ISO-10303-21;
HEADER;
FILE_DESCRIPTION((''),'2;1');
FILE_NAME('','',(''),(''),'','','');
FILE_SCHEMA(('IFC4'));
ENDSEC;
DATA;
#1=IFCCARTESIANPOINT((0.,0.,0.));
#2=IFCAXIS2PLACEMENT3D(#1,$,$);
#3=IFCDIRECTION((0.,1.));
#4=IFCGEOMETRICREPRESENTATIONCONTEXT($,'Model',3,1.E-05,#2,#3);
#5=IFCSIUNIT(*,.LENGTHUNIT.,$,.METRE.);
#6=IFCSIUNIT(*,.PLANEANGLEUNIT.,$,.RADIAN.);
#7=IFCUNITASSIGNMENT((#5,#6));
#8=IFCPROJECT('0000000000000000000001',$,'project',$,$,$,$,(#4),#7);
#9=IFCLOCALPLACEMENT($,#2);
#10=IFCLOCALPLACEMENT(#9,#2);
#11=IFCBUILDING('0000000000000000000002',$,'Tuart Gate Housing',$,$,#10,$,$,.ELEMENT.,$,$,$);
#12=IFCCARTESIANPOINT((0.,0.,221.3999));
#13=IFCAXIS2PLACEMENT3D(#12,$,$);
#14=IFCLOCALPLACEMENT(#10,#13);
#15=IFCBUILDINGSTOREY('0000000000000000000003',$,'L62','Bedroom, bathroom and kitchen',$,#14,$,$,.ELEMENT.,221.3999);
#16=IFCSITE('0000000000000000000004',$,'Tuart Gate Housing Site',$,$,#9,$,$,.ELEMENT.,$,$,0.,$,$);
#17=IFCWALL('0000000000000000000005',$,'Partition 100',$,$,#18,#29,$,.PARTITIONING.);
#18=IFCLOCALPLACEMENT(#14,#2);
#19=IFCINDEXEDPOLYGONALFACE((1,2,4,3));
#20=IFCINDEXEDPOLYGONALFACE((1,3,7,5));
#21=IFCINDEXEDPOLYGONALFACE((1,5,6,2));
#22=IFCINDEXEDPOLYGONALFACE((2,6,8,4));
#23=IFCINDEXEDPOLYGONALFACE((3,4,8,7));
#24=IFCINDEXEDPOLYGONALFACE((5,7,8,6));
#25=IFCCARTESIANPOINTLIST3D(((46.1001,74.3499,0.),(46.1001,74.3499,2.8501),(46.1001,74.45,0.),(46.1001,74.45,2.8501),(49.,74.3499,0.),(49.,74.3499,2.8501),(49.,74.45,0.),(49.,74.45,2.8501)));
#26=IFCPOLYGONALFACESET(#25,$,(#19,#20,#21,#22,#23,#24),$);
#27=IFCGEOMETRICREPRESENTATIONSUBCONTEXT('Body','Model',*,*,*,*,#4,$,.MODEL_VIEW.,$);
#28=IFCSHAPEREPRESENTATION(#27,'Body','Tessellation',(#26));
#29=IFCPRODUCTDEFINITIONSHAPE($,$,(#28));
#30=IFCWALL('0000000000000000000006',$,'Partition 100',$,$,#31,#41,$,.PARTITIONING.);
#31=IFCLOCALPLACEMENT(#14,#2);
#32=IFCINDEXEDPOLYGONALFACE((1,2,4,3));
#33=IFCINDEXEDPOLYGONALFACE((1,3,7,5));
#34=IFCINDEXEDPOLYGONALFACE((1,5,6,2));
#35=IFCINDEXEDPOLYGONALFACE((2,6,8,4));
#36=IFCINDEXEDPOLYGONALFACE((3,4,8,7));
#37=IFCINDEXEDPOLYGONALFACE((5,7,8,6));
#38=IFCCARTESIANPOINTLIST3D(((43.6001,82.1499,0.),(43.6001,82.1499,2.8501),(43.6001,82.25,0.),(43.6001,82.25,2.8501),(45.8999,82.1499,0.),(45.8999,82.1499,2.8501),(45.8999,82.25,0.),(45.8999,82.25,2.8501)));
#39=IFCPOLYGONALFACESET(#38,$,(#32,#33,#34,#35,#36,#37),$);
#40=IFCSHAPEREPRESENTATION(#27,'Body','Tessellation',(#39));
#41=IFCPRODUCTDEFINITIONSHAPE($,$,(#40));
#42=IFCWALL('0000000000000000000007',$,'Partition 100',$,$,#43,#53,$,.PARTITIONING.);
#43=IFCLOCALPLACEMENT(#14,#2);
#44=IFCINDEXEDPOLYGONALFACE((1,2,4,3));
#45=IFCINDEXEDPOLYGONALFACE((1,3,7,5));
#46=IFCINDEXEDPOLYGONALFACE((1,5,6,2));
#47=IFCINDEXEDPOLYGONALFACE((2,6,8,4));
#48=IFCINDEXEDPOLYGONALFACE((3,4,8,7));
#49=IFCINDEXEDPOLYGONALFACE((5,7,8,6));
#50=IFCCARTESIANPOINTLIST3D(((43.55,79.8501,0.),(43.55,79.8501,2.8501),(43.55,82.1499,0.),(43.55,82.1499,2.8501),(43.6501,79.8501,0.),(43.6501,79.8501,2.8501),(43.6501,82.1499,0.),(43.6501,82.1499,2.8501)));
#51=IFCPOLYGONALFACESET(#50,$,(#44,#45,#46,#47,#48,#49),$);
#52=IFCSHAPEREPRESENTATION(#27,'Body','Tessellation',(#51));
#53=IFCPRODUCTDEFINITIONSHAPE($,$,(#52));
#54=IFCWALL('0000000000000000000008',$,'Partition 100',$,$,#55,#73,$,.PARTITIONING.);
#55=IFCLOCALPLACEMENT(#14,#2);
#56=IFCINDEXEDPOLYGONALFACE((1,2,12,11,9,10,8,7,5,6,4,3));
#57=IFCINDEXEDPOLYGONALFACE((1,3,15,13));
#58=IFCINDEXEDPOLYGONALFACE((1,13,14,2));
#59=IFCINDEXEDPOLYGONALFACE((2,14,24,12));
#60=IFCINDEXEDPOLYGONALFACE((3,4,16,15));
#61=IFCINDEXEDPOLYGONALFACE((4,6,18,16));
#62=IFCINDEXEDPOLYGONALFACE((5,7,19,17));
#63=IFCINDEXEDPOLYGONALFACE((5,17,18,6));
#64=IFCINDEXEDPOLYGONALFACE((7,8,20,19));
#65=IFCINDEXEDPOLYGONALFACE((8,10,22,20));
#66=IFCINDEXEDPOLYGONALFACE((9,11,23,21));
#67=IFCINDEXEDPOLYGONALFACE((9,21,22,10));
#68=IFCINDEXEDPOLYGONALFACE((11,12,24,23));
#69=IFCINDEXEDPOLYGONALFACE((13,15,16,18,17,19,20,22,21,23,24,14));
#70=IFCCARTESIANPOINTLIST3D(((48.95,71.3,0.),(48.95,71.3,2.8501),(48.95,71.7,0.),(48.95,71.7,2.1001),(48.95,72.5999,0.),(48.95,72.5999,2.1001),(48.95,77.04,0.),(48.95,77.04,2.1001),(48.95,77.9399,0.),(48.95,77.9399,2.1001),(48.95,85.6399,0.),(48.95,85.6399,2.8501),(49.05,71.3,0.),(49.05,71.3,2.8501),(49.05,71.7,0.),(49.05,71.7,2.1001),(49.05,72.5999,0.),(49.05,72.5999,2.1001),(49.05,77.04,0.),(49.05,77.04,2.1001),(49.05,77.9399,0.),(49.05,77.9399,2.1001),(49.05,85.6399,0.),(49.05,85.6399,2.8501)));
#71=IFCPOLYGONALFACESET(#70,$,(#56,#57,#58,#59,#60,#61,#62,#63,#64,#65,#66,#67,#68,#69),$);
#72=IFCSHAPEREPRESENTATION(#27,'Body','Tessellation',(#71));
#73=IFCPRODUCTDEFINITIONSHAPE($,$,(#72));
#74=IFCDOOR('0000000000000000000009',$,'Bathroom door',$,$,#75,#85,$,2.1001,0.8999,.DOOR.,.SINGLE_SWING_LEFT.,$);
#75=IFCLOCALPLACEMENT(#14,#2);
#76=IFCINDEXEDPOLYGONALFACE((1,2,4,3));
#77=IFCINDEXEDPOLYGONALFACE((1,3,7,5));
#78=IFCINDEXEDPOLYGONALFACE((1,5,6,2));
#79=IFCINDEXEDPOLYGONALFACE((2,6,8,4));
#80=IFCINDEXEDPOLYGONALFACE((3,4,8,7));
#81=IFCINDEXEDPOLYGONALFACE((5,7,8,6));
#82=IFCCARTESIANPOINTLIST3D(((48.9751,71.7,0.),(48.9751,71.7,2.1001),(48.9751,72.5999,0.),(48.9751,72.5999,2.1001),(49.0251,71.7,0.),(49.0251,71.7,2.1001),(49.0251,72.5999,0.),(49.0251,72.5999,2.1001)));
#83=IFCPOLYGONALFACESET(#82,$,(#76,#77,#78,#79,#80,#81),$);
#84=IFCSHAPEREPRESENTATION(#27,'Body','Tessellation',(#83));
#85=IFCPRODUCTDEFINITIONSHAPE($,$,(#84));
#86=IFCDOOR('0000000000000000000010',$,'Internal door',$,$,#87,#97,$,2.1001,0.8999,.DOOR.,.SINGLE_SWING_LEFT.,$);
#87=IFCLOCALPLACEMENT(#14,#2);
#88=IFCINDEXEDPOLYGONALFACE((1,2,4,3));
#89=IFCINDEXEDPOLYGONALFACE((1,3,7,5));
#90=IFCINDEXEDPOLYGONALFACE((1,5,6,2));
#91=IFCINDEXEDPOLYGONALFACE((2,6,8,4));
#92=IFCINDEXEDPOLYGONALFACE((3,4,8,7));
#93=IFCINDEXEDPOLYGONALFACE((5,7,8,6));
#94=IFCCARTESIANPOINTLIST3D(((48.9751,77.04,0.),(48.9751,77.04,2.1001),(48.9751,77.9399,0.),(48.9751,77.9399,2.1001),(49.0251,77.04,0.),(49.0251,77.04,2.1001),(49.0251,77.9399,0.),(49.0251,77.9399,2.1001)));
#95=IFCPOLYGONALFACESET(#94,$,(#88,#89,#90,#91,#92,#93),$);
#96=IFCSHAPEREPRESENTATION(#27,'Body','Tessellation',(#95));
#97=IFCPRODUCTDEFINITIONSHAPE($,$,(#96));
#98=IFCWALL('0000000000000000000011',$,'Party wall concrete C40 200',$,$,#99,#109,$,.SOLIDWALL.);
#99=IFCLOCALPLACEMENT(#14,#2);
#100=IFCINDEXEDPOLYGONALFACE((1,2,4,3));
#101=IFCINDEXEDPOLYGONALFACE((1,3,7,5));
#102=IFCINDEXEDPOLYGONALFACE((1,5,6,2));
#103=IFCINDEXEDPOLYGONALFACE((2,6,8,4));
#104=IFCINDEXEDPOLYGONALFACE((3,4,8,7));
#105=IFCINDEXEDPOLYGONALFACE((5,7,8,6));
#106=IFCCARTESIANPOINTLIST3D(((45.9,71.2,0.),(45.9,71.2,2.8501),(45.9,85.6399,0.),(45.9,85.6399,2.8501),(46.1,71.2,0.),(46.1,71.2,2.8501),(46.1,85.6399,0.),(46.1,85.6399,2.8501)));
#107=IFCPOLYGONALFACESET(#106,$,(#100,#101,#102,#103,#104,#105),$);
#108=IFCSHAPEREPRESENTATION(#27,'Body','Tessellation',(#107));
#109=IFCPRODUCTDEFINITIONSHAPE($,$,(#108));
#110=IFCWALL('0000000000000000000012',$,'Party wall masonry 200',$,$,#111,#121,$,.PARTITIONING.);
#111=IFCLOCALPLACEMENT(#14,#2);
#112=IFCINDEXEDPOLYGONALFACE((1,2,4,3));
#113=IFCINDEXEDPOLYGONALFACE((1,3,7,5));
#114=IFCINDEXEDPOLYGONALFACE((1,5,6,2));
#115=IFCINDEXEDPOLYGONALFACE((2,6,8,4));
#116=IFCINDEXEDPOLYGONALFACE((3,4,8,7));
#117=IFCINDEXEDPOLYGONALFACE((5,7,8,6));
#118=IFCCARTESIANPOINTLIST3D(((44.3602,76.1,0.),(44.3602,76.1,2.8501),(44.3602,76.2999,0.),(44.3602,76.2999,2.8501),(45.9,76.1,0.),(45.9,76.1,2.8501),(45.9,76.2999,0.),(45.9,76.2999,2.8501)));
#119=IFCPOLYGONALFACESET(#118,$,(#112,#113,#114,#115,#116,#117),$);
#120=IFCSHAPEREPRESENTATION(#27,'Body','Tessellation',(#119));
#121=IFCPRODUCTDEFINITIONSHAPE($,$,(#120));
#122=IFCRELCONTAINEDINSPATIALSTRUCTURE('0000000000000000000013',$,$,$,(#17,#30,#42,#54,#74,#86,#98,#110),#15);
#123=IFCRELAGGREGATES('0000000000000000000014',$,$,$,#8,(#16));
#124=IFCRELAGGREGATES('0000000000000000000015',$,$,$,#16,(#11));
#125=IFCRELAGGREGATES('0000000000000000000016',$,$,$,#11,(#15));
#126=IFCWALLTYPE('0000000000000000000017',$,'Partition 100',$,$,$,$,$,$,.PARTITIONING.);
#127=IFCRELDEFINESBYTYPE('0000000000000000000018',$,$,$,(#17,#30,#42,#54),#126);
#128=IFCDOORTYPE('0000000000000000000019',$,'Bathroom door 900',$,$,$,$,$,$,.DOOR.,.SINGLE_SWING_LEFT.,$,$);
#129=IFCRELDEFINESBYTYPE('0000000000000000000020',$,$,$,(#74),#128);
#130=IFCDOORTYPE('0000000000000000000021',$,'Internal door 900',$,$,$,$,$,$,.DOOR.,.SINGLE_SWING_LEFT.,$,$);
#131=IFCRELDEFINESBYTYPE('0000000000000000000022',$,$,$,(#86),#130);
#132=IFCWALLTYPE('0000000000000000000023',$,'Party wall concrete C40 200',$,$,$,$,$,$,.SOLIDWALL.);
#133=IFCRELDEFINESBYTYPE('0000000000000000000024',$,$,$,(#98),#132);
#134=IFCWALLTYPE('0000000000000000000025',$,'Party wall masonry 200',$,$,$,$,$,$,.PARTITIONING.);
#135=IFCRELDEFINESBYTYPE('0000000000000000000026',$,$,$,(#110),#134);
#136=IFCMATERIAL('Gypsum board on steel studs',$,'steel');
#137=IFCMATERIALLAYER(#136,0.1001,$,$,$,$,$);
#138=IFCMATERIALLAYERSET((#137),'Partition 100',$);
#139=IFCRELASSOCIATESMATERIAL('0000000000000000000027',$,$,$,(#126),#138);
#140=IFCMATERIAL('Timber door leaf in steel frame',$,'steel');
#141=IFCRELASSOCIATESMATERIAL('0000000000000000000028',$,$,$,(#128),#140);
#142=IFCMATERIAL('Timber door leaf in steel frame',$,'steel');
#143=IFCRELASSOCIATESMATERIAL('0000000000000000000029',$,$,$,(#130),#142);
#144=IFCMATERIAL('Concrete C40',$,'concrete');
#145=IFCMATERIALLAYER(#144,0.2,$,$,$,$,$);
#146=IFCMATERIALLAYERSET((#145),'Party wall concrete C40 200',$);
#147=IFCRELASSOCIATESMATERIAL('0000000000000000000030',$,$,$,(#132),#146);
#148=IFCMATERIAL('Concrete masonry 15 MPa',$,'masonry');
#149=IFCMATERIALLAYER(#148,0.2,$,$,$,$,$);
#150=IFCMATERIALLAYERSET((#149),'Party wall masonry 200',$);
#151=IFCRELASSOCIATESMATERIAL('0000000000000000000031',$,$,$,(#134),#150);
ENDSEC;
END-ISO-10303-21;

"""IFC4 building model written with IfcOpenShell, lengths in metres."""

from ifc_helpers import new_model, si_unit, direction, frame, frame_2d, origin, place, context, subcontext, project, spatial, rectangle, extrude, material, layer, layer_set, type_object, element, fill, save


model = new_model("IFC4")

# Units and contexts
model_context = context("Model", 3, precision=1e-05, world=origin(), true_north=direction((0.0, 1.0)))
body_context = subcontext(model_context, "Body", "Model", "MODEL_VIEW")
ifc_project = project(units=[si_unit("LENGTHUNIT", "METRE"), si_unit("PLANEANGLEUNIT", "RADIAN")], contexts=[model_context])

# Site, building, storey
site_placement = place(None, origin())
site = spatial("IfcSite", under=ifc_project, at=site_placement, Name="Tuart Gate Housing Site", CompositionType="ELEMENT", RefElevation=0.0)
building_placement = place(site_placement, origin())
building = spatial("IfcBuilding", under=site, at=building_placement, Name="Tuart Gate Housing", CompositionType="ELEMENT")
storey_placement = place(building_placement, frame((0.0, 0.0, 221.3999)))
storey = spatial("IfcBuildingStorey", under=building, at=storey_placement, Name="L62", Description="Bedroom, bathroom and kitchen", CompositionType="ELEMENT", Elevation=221.3999)

# Walls
ifc_material_1 = material(Name="Gypsum board on steel studs", Category="steel")
ifc_layer_1 = layer(ifc_material_1, 0.1001)
ifc_layer_set_1 = layer_set([ifc_layer_1], Name="Partition 100")
wall_type_1 = type_object("IfcWallType", Name="Partition 100", PredefinedType="PARTITIONING", material=ifc_layer_set_1)
for number, where, z_axis, x_axis, name in (
    (1, (46.1001, 74.3999, 0.0), (0.0, 0.0, 1.0), (1.0, 0.0, 0.0), "Partition 100"),
):
    element("IfcWall", number, at=place(storey_placement, frame(where, z_axis=z_axis, x_axis=x_axis)), inside=storey, type_object=wall_type_1, Name=name, PredefinedType="PARTITIONING", context=body_context, shape_type="SweptSolid", body=[
        extrude(rectangle(XDim=2.8999, YDim=0.1001, at=frame_2d((1.45, 0.0))), origin(), (0.0, 0.0, 1.0), 2.8501),
    ])
for number, where, z_axis, x_axis, name in (
    (2, (43.6001, 82.2, 0.0), (0.0, 0.0, 1.0), (1.0, 0.0, 0.0), "Partition 100"),
    (3, (43.6001, 79.8501, 0.0), (0.0, 0.0, 1.0), (0.0, 1.0, 0.0), "Partition 100"),
):
    element("IfcWall", number, at=place(storey_placement, frame(where, z_axis=z_axis, x_axis=x_axis)), inside=storey, type_object=wall_type_1, Name=name, PredefinedType="PARTITIONING", context=body_context, shape_type="SweptSolid", body=[
        extrude(rectangle(XDim=2.2998, YDim=0.1001, at=frame_2d((1.1499, 0.0))), origin(), (0.0, 0.0, 1.0), 2.8501),
    ])

# Wall, openings, doors
wall_1_placement = place(storey_placement, frame((49.0, 71.3, 0.0), z_axis=(0.0, 0.0, 1.0), x_axis=(0.0, 1.0, 0.0)))
wall_1 = element("IfcWall", 4, at=wall_1_placement, inside=storey, type_object=wall_type_1, Name="Partition 100", PredefinedType="PARTITIONING", context=body_context, shape_type="SweptSolid", body=[
    extrude(rectangle(XDim=14.3398, YDim=0.1001, at=frame_2d((7.1699, 0.0))), origin(), (0.0, 0.0, 1.0), 2.8501),
])
opening_1_placement = place(wall_1_placement, frame((5.74, 0.0, 0.0)))
opening_1 = element("IfcOpeningElement", 5, at=opening_1_placement, cuts=wall_1, PredefinedType="OPENING", context=body_context, shape_type="SweptSolid", body=[
    extrude(rectangle(XDim=0.8999, YDim=2.1001, at=frame_2d((0.45, 1.05))), frame((0.0, 0.0601, 0.0), z_axis=(0.0, -1.0, 0.0), x_axis=(1.0, 0.0, 0.0)), (0.0, 0.0, 1.0), 0.1201),
])
opening_2_placement = place(wall_1_placement, frame((0.3999, 0.0, 0.0)))
opening_2 = element("IfcOpeningElement", 6, at=opening_2_placement, cuts=wall_1, PredefinedType="OPENING", context=body_context, shape_type="SweptSolid", body=[
    extrude(rectangle(XDim=0.8999, YDim=2.1001, at=frame_2d((0.45, 1.05))), frame((0.0, 0.0601, 0.0), z_axis=(0.0, -1.0, 0.0), x_axis=(1.0, 0.0, 0.0)), (0.0, 0.0, 1.0), 0.1201),
])
ifc_material_2 = material(Name="Timber door leaf in steel frame", Category="steel")
door_type_1 = type_object("IfcDoorType", Name="Bathroom door 900", OperationType="SINGLE_SWING_LEFT", PredefinedType="DOOR", material=ifc_material_2)
door_1_placement = place(opening_2_placement, origin())
door_1 = element("IfcDoor", 7, at=door_1_placement, inside=storey, type_object=door_type_1, Name="Bathroom door", OperationType="SINGLE_SWING_LEFT", OverallHeight=2.1001, OverallWidth=0.8999, PredefinedType="DOOR", context=body_context, shape_type="SweptSolid", body=[
    extrude(rectangle(XDim=0.8999, YDim=2.1001, at=frame_2d((0.45, 1.05))), frame((0.0, 0.0249, 0.0), z_axis=(0.0, -1.0, 0.0), x_axis=(1.0, 0.0, 0.0)), (0.0, 0.0, 1.0), 0.05),
])
fill(opening_2, door_1)
ifc_material_3 = material(Name="Timber door leaf in steel frame", Category="steel")
door_type_2 = type_object("IfcDoorType", Name="Internal door 900", OperationType="SINGLE_SWING_LEFT", PredefinedType="DOOR", material=ifc_material_3)
door_2_placement = place(opening_1_placement, origin())
door_2 = element("IfcDoor", 8, at=door_2_placement, inside=storey, type_object=door_type_2, Name="Internal door", OperationType="SINGLE_SWING_LEFT", OverallHeight=2.1001, OverallWidth=0.8999, PredefinedType="DOOR", context=body_context, shape_type="SweptSolid", body=[
    extrude(rectangle(XDim=0.8999, YDim=2.1001, at=frame_2d((0.45, 1.05))), frame((0.0, 0.0249, 0.0), z_axis=(0.0, -1.0, 0.0), x_axis=(1.0, 0.0, 0.0)), (0.0, 0.0, 1.0), 0.05),
])
fill(opening_1, door_2)

# Walls
ifc_material_4 = material(Name="Concrete C40", Category="concrete")
ifc_layer_2 = layer(ifc_material_4, 0.2)
ifc_layer_set_2 = layer_set([ifc_layer_2], Name="Party wall concrete C40 200")
wall_type_2 = type_object("IfcWallType", Name="Party wall concrete C40 200", PredefinedType="SOLIDWALL", material=ifc_layer_set_2)
wall_2_placement = place(storey_placement, frame((46.0, 71.2, 0.0), z_axis=(0.0, 0.0, 1.0), x_axis=(0.0, 1.0, 0.0)))
element("IfcWall", 9, at=wall_2_placement, inside=storey, type_object=wall_type_2, Name="Party wall concrete C40 200", PredefinedType="SOLIDWALL", context=body_context, shape_type="SweptSolid", body=[
    extrude(rectangle(XDim=14.4399, YDim=0.2, at=frame_2d((7.22, 0.0))), origin(), (0.0, 0.0, 1.0), 2.8501),
])
ifc_material_5 = material(Name="Concrete masonry 15 MPa", Category="masonry")
ifc_layer_3 = layer(ifc_material_5, 0.2)
ifc_layer_set_3 = layer_set([ifc_layer_3], Name="Party wall masonry 200")
wall_type_3 = type_object("IfcWallType", Name="Party wall masonry 200", PredefinedType="PARTITIONING", material=ifc_layer_set_3)
wall_3_placement = place(storey_placement, frame((44.3601, 76.2, 0.0), z_axis=(0.0, 0.0, 1.0), x_axis=(1.0, 0.0, 0.0)))
element("IfcWall", 10, at=wall_3_placement, inside=storey, type_object=wall_type_3, Name="Party wall masonry 200", PredefinedType="PARTITIONING", context=body_context, shape_type="SweptSolid", body=[
    extrude(rectangle(XDim=1.5398, YDim=0.2, at=frame_2d((0.77, 0.0))), origin(), (0.0, 0.0, 1.0), 2.8501),
])

save(model, "model.ifc")
